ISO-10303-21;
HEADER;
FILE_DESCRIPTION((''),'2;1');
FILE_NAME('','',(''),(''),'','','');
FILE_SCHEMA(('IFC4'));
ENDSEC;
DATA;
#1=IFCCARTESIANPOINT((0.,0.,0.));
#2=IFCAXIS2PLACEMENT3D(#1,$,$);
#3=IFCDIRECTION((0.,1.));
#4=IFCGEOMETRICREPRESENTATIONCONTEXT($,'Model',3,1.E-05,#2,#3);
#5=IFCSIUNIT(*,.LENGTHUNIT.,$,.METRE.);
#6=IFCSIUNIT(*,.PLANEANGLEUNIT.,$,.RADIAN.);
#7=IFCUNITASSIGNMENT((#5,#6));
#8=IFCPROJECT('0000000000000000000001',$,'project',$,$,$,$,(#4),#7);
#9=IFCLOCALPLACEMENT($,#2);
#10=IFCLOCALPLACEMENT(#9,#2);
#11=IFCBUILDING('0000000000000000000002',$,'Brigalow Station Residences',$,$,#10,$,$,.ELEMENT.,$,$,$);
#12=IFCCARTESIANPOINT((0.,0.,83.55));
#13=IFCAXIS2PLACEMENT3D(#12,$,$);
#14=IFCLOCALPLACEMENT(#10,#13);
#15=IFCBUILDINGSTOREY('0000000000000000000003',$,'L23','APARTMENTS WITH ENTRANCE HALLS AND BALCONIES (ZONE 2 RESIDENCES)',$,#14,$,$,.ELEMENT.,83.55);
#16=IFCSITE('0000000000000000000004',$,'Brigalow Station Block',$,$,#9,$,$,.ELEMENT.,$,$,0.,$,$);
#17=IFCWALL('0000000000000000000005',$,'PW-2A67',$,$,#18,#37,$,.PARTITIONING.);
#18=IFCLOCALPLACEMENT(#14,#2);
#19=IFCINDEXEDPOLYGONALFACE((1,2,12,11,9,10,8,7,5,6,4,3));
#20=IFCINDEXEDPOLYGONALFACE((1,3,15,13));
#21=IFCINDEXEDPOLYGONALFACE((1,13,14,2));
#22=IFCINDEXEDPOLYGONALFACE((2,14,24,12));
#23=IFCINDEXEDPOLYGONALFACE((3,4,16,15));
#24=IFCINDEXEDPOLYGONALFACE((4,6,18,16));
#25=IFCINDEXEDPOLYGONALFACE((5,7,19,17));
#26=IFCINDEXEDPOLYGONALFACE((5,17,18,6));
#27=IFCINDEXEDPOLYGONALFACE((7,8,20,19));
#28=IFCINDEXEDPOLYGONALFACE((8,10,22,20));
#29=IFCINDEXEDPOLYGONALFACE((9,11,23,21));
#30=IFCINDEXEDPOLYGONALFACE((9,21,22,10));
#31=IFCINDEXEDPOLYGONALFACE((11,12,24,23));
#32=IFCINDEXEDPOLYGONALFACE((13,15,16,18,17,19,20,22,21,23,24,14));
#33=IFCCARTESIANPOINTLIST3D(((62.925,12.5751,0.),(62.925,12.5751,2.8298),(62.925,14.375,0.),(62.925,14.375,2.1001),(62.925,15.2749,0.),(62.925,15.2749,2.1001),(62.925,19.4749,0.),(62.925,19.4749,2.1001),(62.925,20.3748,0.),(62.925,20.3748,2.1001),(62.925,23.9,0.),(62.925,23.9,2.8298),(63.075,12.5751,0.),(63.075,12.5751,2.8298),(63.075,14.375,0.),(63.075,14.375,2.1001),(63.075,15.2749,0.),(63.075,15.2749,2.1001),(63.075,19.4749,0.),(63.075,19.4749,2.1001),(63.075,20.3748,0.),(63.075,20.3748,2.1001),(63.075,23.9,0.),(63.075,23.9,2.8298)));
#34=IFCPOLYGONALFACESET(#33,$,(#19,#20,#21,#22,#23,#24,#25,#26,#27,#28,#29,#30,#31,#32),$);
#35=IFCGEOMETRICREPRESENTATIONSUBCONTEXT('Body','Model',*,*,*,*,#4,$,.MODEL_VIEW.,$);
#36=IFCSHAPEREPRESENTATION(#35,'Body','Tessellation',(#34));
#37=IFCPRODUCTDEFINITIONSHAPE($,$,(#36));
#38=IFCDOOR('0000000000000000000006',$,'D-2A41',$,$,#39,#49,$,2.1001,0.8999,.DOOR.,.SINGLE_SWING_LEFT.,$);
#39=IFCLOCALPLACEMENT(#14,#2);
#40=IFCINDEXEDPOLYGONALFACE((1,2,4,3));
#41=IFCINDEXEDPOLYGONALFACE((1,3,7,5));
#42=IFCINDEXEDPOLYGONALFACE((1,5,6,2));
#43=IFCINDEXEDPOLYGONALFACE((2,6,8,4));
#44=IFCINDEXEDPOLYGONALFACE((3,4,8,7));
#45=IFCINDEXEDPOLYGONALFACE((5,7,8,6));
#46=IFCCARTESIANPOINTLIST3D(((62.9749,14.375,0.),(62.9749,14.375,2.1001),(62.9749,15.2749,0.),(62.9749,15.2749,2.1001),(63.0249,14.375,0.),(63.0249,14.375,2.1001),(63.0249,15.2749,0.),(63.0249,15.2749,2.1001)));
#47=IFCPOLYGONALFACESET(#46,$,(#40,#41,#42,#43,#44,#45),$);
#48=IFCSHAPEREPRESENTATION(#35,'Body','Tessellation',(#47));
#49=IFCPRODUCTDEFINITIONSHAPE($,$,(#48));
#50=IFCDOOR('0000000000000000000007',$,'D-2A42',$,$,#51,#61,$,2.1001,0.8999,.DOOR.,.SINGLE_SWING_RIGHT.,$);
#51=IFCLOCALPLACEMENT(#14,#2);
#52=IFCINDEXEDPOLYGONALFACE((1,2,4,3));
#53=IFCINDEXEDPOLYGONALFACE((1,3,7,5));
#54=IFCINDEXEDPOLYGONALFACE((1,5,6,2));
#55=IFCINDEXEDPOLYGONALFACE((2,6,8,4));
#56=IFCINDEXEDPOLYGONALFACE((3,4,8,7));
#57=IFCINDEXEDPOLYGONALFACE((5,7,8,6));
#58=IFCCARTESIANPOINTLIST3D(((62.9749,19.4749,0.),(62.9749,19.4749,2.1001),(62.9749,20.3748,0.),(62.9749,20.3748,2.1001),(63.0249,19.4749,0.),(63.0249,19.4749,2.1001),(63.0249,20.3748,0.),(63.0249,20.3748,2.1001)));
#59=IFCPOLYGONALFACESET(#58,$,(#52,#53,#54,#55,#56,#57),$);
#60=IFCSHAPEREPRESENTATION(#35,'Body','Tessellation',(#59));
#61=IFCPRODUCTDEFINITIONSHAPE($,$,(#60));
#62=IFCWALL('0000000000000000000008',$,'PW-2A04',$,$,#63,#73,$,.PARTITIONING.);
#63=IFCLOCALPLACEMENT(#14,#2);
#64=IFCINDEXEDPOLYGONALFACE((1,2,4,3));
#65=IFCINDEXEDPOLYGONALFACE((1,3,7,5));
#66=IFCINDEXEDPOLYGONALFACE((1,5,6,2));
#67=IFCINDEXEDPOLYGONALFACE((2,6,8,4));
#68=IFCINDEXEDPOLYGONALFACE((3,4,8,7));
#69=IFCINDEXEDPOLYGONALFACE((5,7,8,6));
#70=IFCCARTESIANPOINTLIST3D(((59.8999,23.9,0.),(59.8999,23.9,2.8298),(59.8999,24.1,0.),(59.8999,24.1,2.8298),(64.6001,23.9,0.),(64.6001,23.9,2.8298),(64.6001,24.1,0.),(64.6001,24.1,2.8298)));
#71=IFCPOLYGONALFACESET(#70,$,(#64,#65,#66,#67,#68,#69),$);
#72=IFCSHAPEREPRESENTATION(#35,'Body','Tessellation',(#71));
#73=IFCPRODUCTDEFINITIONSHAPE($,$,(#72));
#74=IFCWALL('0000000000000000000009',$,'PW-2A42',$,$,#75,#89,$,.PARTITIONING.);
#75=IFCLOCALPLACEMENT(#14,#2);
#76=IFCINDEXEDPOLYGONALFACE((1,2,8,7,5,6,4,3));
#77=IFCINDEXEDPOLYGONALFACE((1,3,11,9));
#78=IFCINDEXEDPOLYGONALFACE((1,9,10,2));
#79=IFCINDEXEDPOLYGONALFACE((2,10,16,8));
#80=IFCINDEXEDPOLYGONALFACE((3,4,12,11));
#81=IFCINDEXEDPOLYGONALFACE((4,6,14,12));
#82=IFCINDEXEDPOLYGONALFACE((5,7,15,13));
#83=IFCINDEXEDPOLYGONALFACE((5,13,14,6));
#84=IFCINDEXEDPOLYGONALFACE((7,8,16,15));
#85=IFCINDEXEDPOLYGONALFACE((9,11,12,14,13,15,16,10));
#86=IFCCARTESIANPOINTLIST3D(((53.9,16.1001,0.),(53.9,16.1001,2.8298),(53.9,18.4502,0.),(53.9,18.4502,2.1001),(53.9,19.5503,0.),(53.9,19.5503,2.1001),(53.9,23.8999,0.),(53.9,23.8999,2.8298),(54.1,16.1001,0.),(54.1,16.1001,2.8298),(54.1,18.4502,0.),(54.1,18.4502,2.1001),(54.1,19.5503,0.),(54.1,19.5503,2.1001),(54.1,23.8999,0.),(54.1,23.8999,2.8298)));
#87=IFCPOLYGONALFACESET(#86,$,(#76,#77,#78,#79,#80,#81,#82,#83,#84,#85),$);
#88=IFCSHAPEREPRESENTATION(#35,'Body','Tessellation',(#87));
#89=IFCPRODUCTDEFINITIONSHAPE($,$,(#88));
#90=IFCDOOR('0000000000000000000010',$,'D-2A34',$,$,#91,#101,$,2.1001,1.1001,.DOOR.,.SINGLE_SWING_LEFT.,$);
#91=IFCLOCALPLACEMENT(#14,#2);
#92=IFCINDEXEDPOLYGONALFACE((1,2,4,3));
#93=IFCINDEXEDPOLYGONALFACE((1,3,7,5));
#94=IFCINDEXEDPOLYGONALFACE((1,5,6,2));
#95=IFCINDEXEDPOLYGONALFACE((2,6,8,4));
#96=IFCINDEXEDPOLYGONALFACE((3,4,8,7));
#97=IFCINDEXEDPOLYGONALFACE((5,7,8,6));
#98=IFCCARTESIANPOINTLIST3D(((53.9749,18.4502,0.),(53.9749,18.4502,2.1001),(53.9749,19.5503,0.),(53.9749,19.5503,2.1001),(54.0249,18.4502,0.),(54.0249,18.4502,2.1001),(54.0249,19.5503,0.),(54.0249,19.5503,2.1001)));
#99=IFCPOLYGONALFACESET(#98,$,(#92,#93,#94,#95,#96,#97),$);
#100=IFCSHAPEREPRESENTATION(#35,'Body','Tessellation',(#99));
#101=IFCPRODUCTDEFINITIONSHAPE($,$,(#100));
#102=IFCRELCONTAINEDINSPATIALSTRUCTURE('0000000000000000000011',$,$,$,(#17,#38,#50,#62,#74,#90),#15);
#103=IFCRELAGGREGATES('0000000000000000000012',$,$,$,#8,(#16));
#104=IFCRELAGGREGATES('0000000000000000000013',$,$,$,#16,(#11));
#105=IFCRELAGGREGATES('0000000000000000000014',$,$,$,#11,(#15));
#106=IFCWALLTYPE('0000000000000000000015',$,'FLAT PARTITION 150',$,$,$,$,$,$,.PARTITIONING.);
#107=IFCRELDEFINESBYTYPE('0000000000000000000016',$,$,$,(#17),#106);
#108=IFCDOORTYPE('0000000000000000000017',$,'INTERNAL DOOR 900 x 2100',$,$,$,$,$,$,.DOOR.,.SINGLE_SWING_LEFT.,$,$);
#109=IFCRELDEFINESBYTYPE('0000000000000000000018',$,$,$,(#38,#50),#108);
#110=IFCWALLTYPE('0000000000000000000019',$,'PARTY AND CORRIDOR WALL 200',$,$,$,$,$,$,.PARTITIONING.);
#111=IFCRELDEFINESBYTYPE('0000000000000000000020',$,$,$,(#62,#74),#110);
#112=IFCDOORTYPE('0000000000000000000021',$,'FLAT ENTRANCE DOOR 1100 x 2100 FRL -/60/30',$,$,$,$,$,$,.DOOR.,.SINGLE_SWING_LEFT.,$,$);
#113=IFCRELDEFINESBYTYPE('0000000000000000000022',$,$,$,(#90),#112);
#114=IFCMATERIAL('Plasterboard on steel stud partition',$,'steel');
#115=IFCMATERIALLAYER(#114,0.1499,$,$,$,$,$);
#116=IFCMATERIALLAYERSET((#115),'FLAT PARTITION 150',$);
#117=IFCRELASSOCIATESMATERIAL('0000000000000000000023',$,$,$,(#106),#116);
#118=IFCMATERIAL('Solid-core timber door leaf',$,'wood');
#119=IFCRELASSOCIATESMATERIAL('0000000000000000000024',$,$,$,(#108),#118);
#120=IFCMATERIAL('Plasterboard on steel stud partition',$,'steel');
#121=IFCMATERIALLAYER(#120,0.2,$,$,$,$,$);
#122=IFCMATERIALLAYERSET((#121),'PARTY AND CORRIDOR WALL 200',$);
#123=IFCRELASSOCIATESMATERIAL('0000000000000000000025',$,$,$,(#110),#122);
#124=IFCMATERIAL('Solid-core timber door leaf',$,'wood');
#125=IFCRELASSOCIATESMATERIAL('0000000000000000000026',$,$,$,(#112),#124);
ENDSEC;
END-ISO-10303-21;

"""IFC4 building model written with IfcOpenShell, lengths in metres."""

from ifc_helpers import new_model, si_unit, direction, frame, frame_2d, origin, place, context, subcontext, project, spatial, rectangle, extrude, material, layer, layer_set, type_object, element, fill, save


model = new_model("IFC4")

# Units and contexts
model_context = context("Model", 3, precision=1e-05, world=origin(), true_north=direction((0.0, 1.0)))
body_context = subcontext(model_context, "Body", "Model", "MODEL_VIEW")
ifc_project = project(units=[si_unit("LENGTHUNIT", "METRE"), si_unit("PLANEANGLEUNIT", "RADIAN")], contexts=[model_context])

# Site, building, storey
site_placement = place(None, origin())
site = spatial("IfcSite", under=ifc_project, at=site_placement, Name="Brigalow Station Block", CompositionType="ELEMENT", RefElevation=0.0)
building_placement = place(site_placement, origin())
building = spatial("IfcBuilding", under=site, at=building_placement, Name="Brigalow Station Residences", CompositionType="ELEMENT")
storey_placement = place(building_placement, frame((0.0, 0.0, 83.55)))
storey = spatial("IfcBuildingStorey", under=building, at=storey_placement, Name="L23", Description="APARTMENTS WITH ENTRANCE HALLS AND BALCONIES (ZONE 2 RESIDENCES)", CompositionType="ELEMENT", Elevation=83.55)

# Shared definitions
ifc_material_1 = material(Name="Plasterboard on steel stud partition", Category="steel")
ifc_layer_1 = layer(ifc_material_1, 0.1499)
ifc_layer_set_1 = layer_set([ifc_layer_1], Name="FLAT PARTITION 150")
wall_type_1 = type_object("IfcWallType", Name="FLAT PARTITION 150", PredefinedType="PARTITIONING", material=ifc_layer_set_1)

# Shared definitions
ifc_material_2 = material(Name="Solid-core timber door leaf", Category="wood")
door_type_1 = type_object("IfcDoorType", Name="INTERNAL DOOR 900 x 2100", OperationType="SINGLE_SWING_LEFT", PredefinedType="DOOR", material=ifc_material_2)

# Wall, openings, doors
wall_1_placement = place(storey_placement, frame((63.0, 12.575, 0.0), z_axis=(0.0, 0.0, 1.0), x_axis=(0.0, 1.0, 0.0)))
wall_1 = element("IfcWall", 1, at=wall_1_placement, inside=storey, type_object=wall_type_1, Name="PW-2A67", PredefinedType="PARTITIONING", context=body_context, shape_type="SweptSolid", body=[
    extrude(rectangle(XDim=11.325, YDim=0.1499, at=frame_2d((5.6626, 0.0))), origin(), (0.0, 0.0, 1.0), 2.8298),
])
opening_1_placement = place(wall_1_placement, frame((1.8, 0.0, 0.0)))
opening_1 = element("IfcOpeningElement", 2, at=opening_1_placement, cuts=wall_1, PredefinedType="OPENING", context=body_context, shape_type="SweptSolid", body=[
    extrude(rectangle(XDim=0.8999, YDim=2.1001, at=frame_2d((0.45, 1.05))), frame((0.0, 0.085, 0.0), z_axis=(0.0, -1.0, 0.0), x_axis=(1.0, 0.0, 0.0)), (0.0, 0.0, 1.0), 0.1699),
])
opening_2_placement = place(wall_1_placement, frame((6.8999, 0.0, 0.0)))
opening_2 = element("IfcOpeningElement", 3, at=opening_2_placement, cuts=wall_1, PredefinedType="OPENING", context=body_context, shape_type="SweptSolid", body=[
    extrude(rectangle(XDim=0.8999, YDim=2.1001, at=frame_2d((0.45, 1.05))), frame((0.0, 0.085, 0.0), z_axis=(0.0, -1.0, 0.0), x_axis=(1.0, 0.0, 0.0)), (0.0, 0.0, 1.0), 0.1699),
])
door_1_placement = place(opening_1_placement, frame((0.8999, 0.0, 0.0), z_axis=(0.0, 0.0, 1.0), x_axis=(-1.0, 0.0, 0.0)))
door_1 = element("IfcDoor", 4, at=door_1_placement, inside=storey, type_object=door_type_1, Name="D-2A41", OperationType="SINGLE_SWING_LEFT", OverallHeight=2.1001, OverallWidth=0.8999, PredefinedType="DOOR", context=body_context, shape_type="SweptSolid", body=[
    extrude(rectangle(XDim=0.8999, YDim=2.1001, at=frame_2d((0.45, 1.05))), frame((0.0, 0.0249, 0.0), z_axis=(0.0, -1.0, 0.0), x_axis=(1.0, 0.0, 0.0)), (0.0, 0.0, 1.0), 0.05),
])
fill(opening_1, door_1)
door_2_placement = place(opening_2_placement, frame((0.8999, 0.0, 0.0), z_axis=(0.0, 0.0, 1.0), x_axis=(-1.0, 0.0, 0.0)))
door_2 = element("IfcDoor", 5, at=door_2_placement, inside=storey, type_object=door_type_1, Name="D-2A42", OperationType="SINGLE_SWING_RIGHT", OverallHeight=2.1001, OverallWidth=0.8999, PredefinedType="DOOR", context=body_context, shape_type="SweptSolid", body=[
    extrude(rectangle(XDim=0.8999, YDim=2.1001, at=frame_2d((0.45, 1.05))), frame((0.0, 0.0249, 0.0), z_axis=(0.0, -1.0, 0.0), x_axis=(1.0, 0.0, 0.0)), (0.0, 0.0, 1.0), 0.05),
])
fill(opening_2, door_2)

# Wall
ifc_material_3 = material(Name="Plasterboard on steel stud partition", Category="steel")
ifc_layer_2 = layer(ifc_material_3, 0.2)
ifc_layer_set_2 = layer_set([ifc_layer_2], Name="PARTY AND CORRIDOR WALL 200")
wall_type_2 = type_object("IfcWallType", Name="PARTY AND CORRIDOR WALL 200", PredefinedType="PARTITIONING", material=ifc_layer_set_2)
wall_2_placement = place(storey_placement, frame((59.8999, 24.0, 0.0), z_axis=(0.0, 0.0, 1.0), x_axis=(1.0, 0.0, 0.0)))
element("IfcWall", 6, at=wall_2_placement, inside=storey, type_object=wall_type_2, Name="PW-2A04", PredefinedType="PARTITIONING", context=body_context, shape_type="SweptSolid", body=[
    extrude(rectangle(XDim=4.7002, YDim=0.2, at=frame_2d((2.3501, 0.0))), origin(), (0.0, 0.0, 1.0), 2.8298),
])

# Wall, opening, door
wall_3_placement = place(storey_placement, frame((54.0, 16.1001, 0.0), z_axis=(0.0, 0.0, 1.0), x_axis=(0.0, 1.0, 0.0)))
wall_3 = element("IfcWall", 7, at=wall_3_placement, inside=storey, type_object=wall_type_2, Name="PW-2A42", PredefinedType="PARTITIONING", context=body_context, shape_type="SweptSolid", body=[
    extrude(rectangle(XDim=7.7998, YDim=0.2, at=frame_2d((3.8999, 0.0))), origin(), (0.0, 0.0, 1.0), 2.8298),
])
opening_3_placement = place(wall_3_placement, frame((2.3501, 0.0, 0.0)))
opening_3 = element("IfcOpeningElement", 8, at=opening_3_placement, cuts=wall_3, PredefinedType="OPENING", context=body_context, shape_type="SweptSolid", body=[
    extrude(rectangle(XDim=1.1001, YDim=2.1001, at=frame_2d((0.55, 1.05))), frame((0.0, 0.1099, 0.0), z_axis=(0.0, -1.0, 0.0), x_axis=(1.0, 0.0, 0.0)), (0.0, 0.0, 1.0), 0.22),
])
ifc_material_4 = material(Name="Solid-core timber door leaf", Category="wood")
door_type_2 = type_object("IfcDoorType", Name="FLAT ENTRANCE DOOR 1100 x 2100 FRL -/60/30", OperationType="SINGLE_SWING_LEFT", PredefinedType="DOOR", material=ifc_material_4)
door_3_placement = place(opening_3_placement, frame((1.1001, 0.0, 0.0), z_axis=(0.0, 0.0, 1.0), x_axis=(-1.0, 0.0, 0.0)))
door_3 = element("IfcDoor", 9, at=door_3_placement, inside=storey, type_object=door_type_2, Name="D-2A34", OperationType="SINGLE_SWING_LEFT", OverallHeight=2.1001, OverallWidth=1.1001, PredefinedType="DOOR", context=body_context, shape_type="SweptSolid", body=[
    extrude(rectangle(XDim=1.1001, YDim=2.1001, at=frame_2d((0.55, 1.05))), frame((0.0, 0.0249, 0.0), z_axis=(0.0, -1.0, 0.0), x_axis=(1.0, 0.0, 0.0)), (0.0, 0.0, 1.0), 0.05),
])
fill(opening_3, door_3)

save(model, "model.ifc")
